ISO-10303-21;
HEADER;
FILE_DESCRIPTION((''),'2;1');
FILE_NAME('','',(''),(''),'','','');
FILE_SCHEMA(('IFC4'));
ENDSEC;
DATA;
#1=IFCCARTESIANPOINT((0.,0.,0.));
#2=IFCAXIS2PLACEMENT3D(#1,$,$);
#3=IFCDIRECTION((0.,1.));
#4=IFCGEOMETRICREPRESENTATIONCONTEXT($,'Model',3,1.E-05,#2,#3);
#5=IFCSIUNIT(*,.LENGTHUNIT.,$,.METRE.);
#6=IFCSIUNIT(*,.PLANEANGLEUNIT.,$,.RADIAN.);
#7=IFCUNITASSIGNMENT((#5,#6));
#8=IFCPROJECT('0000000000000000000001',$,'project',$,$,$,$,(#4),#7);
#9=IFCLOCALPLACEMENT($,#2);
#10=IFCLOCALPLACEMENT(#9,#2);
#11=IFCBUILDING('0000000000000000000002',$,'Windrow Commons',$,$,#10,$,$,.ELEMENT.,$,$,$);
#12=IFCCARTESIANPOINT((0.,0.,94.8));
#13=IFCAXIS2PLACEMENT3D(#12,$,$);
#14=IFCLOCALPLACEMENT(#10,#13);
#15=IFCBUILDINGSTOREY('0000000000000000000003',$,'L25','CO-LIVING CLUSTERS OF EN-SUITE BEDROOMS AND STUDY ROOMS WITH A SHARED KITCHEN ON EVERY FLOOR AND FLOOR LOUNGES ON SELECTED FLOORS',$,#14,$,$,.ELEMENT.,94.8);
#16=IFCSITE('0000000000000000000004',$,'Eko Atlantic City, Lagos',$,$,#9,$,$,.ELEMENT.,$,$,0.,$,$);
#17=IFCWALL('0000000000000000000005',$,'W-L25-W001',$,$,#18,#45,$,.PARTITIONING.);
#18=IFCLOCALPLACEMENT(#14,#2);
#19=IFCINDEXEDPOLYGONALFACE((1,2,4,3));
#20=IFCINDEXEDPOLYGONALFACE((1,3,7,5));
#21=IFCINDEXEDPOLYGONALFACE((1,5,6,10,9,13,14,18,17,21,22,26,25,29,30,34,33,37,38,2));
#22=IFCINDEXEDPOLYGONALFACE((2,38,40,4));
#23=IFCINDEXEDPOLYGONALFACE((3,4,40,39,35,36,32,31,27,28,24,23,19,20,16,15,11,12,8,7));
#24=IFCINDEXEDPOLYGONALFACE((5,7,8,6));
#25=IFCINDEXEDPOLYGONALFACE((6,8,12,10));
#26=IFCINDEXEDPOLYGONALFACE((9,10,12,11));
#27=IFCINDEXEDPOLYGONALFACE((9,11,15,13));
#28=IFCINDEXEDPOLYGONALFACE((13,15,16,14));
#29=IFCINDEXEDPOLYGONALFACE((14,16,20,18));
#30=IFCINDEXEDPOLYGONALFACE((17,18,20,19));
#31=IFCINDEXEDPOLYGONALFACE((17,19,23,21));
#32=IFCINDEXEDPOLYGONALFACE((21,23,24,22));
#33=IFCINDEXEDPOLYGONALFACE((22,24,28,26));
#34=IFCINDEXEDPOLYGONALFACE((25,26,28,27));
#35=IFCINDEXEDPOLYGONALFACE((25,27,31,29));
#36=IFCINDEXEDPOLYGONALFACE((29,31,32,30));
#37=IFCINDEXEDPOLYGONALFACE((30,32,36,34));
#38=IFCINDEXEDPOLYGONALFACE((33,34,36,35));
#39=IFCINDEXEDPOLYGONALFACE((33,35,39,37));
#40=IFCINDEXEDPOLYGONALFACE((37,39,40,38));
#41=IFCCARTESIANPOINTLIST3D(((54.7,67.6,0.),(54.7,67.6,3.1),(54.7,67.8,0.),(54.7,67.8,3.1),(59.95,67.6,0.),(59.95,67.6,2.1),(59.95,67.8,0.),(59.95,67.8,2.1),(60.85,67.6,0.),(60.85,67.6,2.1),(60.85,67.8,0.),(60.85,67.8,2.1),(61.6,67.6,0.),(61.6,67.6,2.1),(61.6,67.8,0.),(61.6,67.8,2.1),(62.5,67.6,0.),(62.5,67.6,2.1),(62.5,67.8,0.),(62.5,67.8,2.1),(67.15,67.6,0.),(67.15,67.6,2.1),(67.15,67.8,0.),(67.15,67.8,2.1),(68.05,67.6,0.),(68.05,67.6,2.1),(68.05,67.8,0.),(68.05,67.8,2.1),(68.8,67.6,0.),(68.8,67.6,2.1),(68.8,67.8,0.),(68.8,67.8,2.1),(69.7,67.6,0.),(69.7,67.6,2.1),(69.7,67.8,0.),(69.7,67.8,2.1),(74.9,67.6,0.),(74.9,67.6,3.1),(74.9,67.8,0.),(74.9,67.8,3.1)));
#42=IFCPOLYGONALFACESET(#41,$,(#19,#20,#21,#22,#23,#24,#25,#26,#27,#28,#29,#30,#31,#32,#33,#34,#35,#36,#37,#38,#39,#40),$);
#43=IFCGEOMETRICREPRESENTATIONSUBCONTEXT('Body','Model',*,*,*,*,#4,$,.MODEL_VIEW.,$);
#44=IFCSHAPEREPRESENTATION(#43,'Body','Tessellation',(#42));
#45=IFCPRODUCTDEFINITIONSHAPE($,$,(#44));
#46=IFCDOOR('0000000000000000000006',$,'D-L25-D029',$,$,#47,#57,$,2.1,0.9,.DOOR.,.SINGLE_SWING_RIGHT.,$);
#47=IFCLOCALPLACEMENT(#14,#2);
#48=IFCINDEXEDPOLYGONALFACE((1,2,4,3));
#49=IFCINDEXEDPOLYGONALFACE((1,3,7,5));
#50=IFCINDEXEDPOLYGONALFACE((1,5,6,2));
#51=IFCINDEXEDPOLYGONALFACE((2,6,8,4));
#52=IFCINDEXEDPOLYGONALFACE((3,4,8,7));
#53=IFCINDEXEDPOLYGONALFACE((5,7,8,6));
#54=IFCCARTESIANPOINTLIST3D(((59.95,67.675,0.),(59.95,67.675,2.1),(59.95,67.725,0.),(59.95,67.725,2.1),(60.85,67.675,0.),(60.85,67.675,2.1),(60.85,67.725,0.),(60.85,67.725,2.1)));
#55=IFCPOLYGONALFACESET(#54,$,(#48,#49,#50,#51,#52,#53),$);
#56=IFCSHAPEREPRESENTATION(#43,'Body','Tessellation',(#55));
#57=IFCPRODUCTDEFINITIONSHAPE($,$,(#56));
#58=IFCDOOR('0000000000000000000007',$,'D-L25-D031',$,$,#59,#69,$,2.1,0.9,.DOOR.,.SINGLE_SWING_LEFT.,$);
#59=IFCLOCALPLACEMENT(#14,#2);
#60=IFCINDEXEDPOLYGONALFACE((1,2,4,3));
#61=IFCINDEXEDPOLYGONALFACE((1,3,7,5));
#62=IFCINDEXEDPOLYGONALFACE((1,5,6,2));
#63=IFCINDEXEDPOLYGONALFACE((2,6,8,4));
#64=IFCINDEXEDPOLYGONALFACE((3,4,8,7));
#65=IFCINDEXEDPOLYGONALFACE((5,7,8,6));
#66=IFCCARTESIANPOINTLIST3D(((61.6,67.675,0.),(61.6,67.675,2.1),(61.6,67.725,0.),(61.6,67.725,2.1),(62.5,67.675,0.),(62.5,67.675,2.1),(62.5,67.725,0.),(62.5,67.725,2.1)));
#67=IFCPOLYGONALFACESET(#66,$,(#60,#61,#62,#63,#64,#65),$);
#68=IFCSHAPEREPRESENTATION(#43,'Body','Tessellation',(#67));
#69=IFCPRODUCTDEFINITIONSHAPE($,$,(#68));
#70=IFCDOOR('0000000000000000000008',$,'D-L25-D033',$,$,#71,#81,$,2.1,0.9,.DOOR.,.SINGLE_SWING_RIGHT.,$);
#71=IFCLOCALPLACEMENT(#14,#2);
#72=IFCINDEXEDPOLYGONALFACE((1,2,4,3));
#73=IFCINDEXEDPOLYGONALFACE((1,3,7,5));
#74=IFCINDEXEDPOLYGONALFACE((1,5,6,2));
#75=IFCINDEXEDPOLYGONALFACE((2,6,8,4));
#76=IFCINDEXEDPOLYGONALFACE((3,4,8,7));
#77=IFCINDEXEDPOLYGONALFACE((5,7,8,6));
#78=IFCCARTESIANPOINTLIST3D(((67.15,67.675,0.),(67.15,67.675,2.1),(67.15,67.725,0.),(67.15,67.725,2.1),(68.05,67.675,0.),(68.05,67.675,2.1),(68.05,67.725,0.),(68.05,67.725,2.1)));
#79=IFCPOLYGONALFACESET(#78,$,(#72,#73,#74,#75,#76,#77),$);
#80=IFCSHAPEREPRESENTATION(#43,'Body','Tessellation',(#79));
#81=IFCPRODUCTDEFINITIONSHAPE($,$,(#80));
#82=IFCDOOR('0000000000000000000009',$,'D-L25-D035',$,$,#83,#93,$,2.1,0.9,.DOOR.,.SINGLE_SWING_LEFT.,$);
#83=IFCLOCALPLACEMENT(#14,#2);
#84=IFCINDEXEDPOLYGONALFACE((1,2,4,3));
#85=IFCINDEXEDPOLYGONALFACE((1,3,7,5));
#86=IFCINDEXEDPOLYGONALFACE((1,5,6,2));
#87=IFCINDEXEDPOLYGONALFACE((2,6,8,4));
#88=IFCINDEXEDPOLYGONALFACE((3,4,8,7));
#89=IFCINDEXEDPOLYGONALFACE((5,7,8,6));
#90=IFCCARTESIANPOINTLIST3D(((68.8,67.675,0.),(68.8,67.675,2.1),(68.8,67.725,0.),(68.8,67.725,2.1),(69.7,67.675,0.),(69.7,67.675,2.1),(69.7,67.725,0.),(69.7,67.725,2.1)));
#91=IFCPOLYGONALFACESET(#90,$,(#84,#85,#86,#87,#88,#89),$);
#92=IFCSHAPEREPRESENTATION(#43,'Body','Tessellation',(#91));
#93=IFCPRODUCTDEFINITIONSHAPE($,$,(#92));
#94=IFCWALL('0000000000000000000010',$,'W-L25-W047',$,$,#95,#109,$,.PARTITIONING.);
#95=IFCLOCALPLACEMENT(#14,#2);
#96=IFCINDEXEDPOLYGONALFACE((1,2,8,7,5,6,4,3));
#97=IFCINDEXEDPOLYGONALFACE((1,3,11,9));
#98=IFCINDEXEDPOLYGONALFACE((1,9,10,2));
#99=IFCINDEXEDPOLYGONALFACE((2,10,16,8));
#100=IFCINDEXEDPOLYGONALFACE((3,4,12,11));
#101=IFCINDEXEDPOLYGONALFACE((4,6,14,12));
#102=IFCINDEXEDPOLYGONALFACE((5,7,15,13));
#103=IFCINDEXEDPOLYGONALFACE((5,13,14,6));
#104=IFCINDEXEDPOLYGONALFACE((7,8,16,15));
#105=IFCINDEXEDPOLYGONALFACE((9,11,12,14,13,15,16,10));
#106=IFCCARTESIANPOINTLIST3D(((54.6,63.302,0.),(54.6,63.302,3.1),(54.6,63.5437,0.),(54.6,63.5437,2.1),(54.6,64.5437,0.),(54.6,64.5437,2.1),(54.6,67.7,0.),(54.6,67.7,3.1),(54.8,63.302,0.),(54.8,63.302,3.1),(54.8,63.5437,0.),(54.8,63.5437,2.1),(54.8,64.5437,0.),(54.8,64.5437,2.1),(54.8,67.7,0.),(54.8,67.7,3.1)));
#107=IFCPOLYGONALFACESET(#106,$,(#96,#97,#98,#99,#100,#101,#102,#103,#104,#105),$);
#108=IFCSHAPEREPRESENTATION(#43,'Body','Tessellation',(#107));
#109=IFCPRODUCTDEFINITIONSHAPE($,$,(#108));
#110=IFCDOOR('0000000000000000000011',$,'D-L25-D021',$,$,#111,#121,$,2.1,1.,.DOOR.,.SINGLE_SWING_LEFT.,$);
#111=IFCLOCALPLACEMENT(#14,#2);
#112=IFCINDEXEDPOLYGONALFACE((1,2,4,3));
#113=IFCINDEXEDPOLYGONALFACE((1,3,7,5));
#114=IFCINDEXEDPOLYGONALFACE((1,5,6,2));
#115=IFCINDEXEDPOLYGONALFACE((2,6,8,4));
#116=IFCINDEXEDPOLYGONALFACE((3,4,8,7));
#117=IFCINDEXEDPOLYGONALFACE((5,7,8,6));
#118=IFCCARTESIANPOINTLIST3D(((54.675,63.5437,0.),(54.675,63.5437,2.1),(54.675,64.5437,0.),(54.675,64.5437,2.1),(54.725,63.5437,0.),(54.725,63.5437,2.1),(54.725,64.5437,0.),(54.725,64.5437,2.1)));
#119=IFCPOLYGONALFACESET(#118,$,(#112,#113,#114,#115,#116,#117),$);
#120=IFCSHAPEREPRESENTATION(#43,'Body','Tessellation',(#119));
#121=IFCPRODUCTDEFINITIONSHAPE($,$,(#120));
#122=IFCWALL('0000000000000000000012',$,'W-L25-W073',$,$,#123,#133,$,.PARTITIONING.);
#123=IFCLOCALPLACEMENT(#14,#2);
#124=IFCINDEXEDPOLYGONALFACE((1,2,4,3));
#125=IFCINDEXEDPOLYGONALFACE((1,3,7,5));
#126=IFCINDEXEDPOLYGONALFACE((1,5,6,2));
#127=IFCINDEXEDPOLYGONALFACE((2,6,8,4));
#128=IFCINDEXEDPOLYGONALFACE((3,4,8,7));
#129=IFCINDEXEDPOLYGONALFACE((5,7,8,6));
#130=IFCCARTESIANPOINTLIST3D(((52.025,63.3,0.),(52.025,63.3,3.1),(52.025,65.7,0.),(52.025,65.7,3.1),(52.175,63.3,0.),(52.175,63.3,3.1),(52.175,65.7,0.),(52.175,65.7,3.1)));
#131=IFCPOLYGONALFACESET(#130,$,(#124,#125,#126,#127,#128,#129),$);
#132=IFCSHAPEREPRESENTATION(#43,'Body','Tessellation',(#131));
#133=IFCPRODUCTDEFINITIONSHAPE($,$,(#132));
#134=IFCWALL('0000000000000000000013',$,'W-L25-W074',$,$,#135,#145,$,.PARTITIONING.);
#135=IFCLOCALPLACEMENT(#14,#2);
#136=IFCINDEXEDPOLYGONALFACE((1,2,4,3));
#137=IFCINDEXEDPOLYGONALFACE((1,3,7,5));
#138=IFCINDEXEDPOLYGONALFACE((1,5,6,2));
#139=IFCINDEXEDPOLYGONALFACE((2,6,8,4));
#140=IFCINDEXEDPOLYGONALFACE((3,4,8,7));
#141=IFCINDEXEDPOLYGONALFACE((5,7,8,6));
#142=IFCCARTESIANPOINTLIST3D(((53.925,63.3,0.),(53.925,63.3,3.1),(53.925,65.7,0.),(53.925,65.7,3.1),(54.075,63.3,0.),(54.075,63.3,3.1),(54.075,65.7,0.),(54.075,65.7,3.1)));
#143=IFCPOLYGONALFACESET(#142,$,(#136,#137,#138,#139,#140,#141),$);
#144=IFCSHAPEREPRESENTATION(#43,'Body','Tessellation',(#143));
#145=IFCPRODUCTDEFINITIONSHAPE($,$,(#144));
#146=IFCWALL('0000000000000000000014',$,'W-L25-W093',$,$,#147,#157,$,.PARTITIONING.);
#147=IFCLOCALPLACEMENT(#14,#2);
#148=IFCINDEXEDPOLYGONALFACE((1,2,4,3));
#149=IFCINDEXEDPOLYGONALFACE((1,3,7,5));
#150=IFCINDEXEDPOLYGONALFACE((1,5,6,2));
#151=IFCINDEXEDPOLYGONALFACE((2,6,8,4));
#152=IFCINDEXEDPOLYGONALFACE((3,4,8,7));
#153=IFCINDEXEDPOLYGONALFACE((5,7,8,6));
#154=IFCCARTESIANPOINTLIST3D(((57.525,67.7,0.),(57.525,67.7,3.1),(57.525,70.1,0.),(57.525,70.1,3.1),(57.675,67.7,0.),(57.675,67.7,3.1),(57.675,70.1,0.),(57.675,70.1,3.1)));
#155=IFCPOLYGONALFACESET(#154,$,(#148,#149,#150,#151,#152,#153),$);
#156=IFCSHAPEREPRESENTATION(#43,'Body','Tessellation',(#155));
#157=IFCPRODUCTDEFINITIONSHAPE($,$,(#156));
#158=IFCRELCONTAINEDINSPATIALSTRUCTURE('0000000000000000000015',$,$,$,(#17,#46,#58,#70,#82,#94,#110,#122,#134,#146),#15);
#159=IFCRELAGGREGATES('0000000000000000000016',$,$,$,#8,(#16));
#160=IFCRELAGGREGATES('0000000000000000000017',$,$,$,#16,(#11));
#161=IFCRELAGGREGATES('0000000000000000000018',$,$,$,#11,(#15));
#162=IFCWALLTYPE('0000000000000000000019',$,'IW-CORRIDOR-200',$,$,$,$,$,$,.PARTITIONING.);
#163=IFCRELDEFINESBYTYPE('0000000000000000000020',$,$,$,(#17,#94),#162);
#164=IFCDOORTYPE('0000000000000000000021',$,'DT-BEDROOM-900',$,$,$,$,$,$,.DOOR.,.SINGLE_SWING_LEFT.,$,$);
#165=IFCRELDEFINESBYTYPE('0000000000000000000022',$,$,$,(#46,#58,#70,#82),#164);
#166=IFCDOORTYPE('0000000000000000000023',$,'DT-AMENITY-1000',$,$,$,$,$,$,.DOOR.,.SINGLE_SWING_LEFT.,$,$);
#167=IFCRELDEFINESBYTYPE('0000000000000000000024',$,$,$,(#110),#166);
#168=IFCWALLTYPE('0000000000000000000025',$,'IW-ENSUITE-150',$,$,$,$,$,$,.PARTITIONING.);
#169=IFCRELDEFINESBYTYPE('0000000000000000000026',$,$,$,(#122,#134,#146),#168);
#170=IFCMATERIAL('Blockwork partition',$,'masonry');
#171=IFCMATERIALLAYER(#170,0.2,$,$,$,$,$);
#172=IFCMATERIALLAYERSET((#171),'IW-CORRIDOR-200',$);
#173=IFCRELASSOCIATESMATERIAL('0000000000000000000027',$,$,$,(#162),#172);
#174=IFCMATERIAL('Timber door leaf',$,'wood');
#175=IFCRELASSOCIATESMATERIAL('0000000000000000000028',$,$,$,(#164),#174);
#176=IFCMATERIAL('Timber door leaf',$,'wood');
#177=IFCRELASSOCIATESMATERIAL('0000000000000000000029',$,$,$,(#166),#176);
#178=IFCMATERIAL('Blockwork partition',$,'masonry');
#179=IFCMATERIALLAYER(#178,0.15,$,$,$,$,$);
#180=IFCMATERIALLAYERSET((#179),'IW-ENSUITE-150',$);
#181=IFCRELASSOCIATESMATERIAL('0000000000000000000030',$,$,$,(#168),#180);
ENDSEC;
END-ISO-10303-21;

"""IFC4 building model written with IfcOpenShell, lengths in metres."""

from ifc_helpers import new_model, si_unit, direction, frame, frame_2d, origin, place, context, subcontext, project, spatial, rectangle, extrude, material, layer, layer_set, type_object, element, fill, save


model = new_model("IFC4")

# Units and contexts
model_context = context("Model", 3, precision=1e-05, world=origin(), true_north=direction((0.0, 1.0)))
body_context = subcontext(model_context, "Body", "Model", "MODEL_VIEW")
ifc_project = project(units=[si_unit("LENGTHUNIT", "METRE"), si_unit("PLANEANGLEUNIT", "RADIAN")], contexts=[model_context])

# Site, building, storey
site_placement = place(None, origin())
site = spatial("IfcSite", under=ifc_project, at=site_placement, Name="Eko Atlantic City, Lagos", CompositionType="ELEMENT", RefElevation=0.0)
building_placement = place(site_placement, origin())
building = spatial("IfcBuilding", under=site, at=building_placement, Name="Windrow Commons", CompositionType="ELEMENT")
storey_placement = place(building_placement, frame((0.0, 0.0, 94.8)))
storey = spatial("IfcBuildingStorey", under=building, at=storey_placement, Name="L25", Description="CO-LIVING CLUSTERS OF EN-SUITE BEDROOMS AND STUDY ROOMS WITH A SHARED KITCHEN ON EVERY FLOOR AND FLOOR LOUNGES ON SELECTED FLOORS", CompositionType="ELEMENT", Elevation=94.8)

# Wall, openings, doors
ifc_material_1 = material(Name="Blockwork partition", Category="masonry")
ifc_layer_1 = layer(ifc_material_1, 0.2)
ifc_layer_set_1 = layer_set([ifc_layer_1], Name="IW-CORRIDOR-200")
wall_type_1 = type_object("IfcWallType", Name="IW-CORRIDOR-200", PredefinedType="PARTITIONING", material=ifc_layer_set_1)
wall_1_placement = place(storey_placement, frame((54.7, 67.7, 0.0), z_axis=(0.0, 0.0, 1.0), x_axis=(1.0, 0.0, 0.0)))
wall_1 = element("IfcWall", 1, at=wall_1_placement, inside=storey, type_object=wall_type_1, Name="W-L25-W001", PredefinedType="PARTITIONING", context=body_context, shape_type="SweptSolid", body=[
    extrude(rectangle(XDim=20.2, YDim=0.2, at=frame_2d((10.1, 0.0))), origin(), (0.0, 0.0, 1.0), 3.1),
])
opening_1_placement = place(wall_1_placement, frame((5.25, 0.0, 0.0)))
opening_1 = element("IfcOpeningElement", 2, at=opening_1_placement, cuts=wall_1, PredefinedType="OPENING", context=body_context, shape_type="SweptSolid", body=[
    extrude(rectangle(XDim=0.9, YDim=2.1, at=frame_2d((0.45, 1.05))), frame((0.0, 0.11, 0.0), z_axis=(0.0, -1.0, 0.0), x_axis=(1.0, 0.0, 0.0)), (0.0, 0.0, 1.0), 0.22),
])
opening_2_placement = place(wall_1_placement, frame((6.9, 0.0, 0.0)))
opening_2 = element("IfcOpeningElement", 3, at=opening_2_placement, cuts=wall_1, PredefinedType="OPENING", context=body_context, shape_type="SweptSolid", body=[
    extrude(rectangle(XDim=0.9, YDim=2.1, at=frame_2d((0.45, 1.05))), frame((0.0, 0.11, 0.0), z_axis=(0.0, -1.0, 0.0), x_axis=(1.0, 0.0, 0.0)), (0.0, 0.0, 1.0), 0.22),
])
opening_3_placement = place(wall_1_placement, frame((12.45, 0.0, 0.0)))
opening_3 = element("IfcOpeningElement", 4, at=opening_3_placement, cuts=wall_1, PredefinedType="OPENING", context=body_context, shape_type="SweptSolid", body=[
    extrude(rectangle(XDim=0.9, YDim=2.1, at=frame_2d((0.45, 1.05))), frame((0.0, 0.11, 0.0), z_axis=(0.0, -1.0, 0.0), x_axis=(1.0, 0.0, 0.0)), (0.0, 0.0, 1.0), 0.22),
])
opening_4_placement = place(wall_1_placement, frame((14.1, 0.0, 0.0)))
opening_4 = element("IfcOpeningElement", 5, at=opening_4_placement, cuts=wall_1, PredefinedType="OPENING", context=body_context, shape_type="SweptSolid", body=[
    extrude(rectangle(XDim=0.9, YDim=2.1, at=frame_2d((0.45, 1.05))), frame((0.0, 0.11, 0.0), z_axis=(0.0, -1.0, 0.0), x_axis=(1.0, 0.0, 0.0)), (0.0, 0.0, 1.0), 0.22),
])
ifc_material_2 = material(Name="Timber door leaf", Category="wood")
door_type_1 = type_object("IfcDoorType", Name="DT-BEDROOM-900", OperationType="SINGLE_SWING_LEFT", PredefinedType="DOOR", material=ifc_material_2)
door_1_placement = place(opening_1_placement, origin())
door_1 = element("IfcDoor", 6, at=door_1_placement, inside=storey, type_object=door_type_1, Name="D-L25-D029", OperationType="SINGLE_SWING_RIGHT", OverallHeight=2.1, OverallWidth=0.9, PredefinedType="DOOR", context=body_context, shape_type="SweptSolid", body=[
    extrude(rectangle(XDim=0.9, YDim=2.1, at=frame_2d((0.45, 1.05))), frame((0.0, 0.025, 0.0), z_axis=(0.0, -1.0, 0.0), x_axis=(1.0, 0.0, 0.0)), (0.0, 0.0, 1.0), 0.05),
])
fill(opening_1, door_1)
door_2_placement = place(opening_2_placement, origin())
door_2 = element("IfcDoor", 7, at=door_2_placement, inside=storey, type_object=door_type_1, Name="D-L25-D031", OperationType="SINGLE_SWING_LEFT", OverallHeight=2.1, OverallWidth=0.9, PredefinedType="DOOR", context=body_context, shape_type="SweptSolid", body=[
    extrude(rectangle(XDim=0.9, YDim=2.1, at=frame_2d((0.45, 1.05))), frame((0.0, 0.025, 0.0), z_axis=(0.0, -1.0, 0.0), x_axis=(1.0, 0.0, 0.0)), (0.0, 0.0, 1.0), 0.05),
])
fill(opening_2, door_2)
door_3_placement = place(opening_3_placement, origin())
door_3 = element("IfcDoor", 8, at=door_3_placement, inside=storey, type_object=door_type_1, Name="D-L25-D033", OperationType="SINGLE_SWING_RIGHT", OverallHeight=2.1, OverallWidth=0.9, PredefinedType="DOOR", context=body_context, shape_type="SweptSolid", body=[
    extrude(rectangle(XDim=0.9, YDim=2.1, at=frame_2d((0.45, 1.05))), frame((0.0, 0.025, 0.0), z_axis=(0.0, -1.0, 0.0), x_axis=(1.0, 0.0, 0.0)), (0.0, 0.0, 1.0), 0.05),
])
fill(opening_3, door_3)
door_4_placement = place(opening_4_placement, origin())
door_4 = element("IfcDoor", 9, at=door_4_placement, inside=storey, type_object=door_type_1, Name="D-L25-D035", OperationType="SINGLE_SWING_LEFT", OverallHeight=2.1, OverallWidth=0.9, PredefinedType="DOOR", context=body_context, shape_type="SweptSolid", body=[
    extrude(rectangle(XDim=0.9, YDim=2.1, at=frame_2d((0.45, 1.05))), frame((0.0, 0.025, 0.0), z_axis=(0.0, -1.0, 0.0), x_axis=(1.0, 0.0, 0.0)), (0.0, 0.0, 1.0), 0.05),
])
fill(opening_4, door_4)

# Wall, opening, door
wall_2_placement = place(storey_placement, frame((54.7, 63.302, 0.0), z_axis=(0.0, 0.0, 1.0), x_axis=(0.0, 1.0, 0.0)))
wall_2 = element("IfcWall", 10, at=wall_2_placement, inside=storey, type_object=wall_type_1, Name="W-L25-W047", PredefinedType="PARTITIONING", context=body_context, shape_type="SweptSolid", body=[
    extrude(rectangle(XDim=4.398, YDim=0.2, at=frame_2d((2.199, 0.0))), origin(), (0.0, 0.0, 1.0), 3.1),
])
opening_5_placement = place(wall_2_placement, frame((0.2417, 0.0, 0.0)))
opening_5 = element("IfcOpeningElement", 11, at=opening_5_placement, cuts=wall_2, PredefinedType="OPENING", context=body_context, shape_type="SweptSolid", body=[
    extrude(rectangle(XDim=1.0, YDim=2.1, at=frame_2d((0.5, 1.05))), frame((0.0, 0.11, 0.0), z_axis=(0.0, -1.0, 0.0), x_axis=(1.0, 0.0, 0.0)), (0.0, 0.0, 1.0), 0.22),
])
ifc_material_3 = material(Name="Timber door leaf", Category="wood")
door_type_2 = type_object("IfcDoorType", Name="DT-AMENITY-1000", OperationType="SINGLE_SWING_LEFT", PredefinedType="DOOR", material=ifc_material_3)
door_5_placement = place(opening_5_placement, origin())
door_5 = element("IfcDoor", 12, at=door_5_placement, inside=storey, type_object=door_type_2, Name="D-L25-D021", OperationType="SINGLE_SWING_LEFT", OverallHeight=2.1, OverallWidth=1.0, PredefinedType="DOOR", context=body_context, shape_type="SweptSolid", body=[
    extrude(rectangle(XDim=1.0, YDim=2.1, at=frame_2d((0.5, 1.05))), frame((0.0, 0.025, 0.0), z_axis=(0.0, -1.0, 0.0), x_axis=(1.0, 0.0, 0.0)), (0.0, 0.0, 1.0), 0.05),
])
fill(opening_5, door_5)

# Walls
ifc_material_4 = material(Name="Blockwork partition", Category="masonry")
ifc_layer_2 = layer(ifc_material_4, 0.15)
ifc_layer_set_2 = layer_set([ifc_layer_2], Name="IW-ENSUITE-150")
wall_type_2 = type_object("IfcWallType", Name="IW-ENSUITE-150", PredefinedType="PARTITIONING", material=ifc_layer_set_2)
for number, where, z_axis, x_axis, name in (
    (13, (52.1, 63.3, 0.0), (0.0, 0.0, 1.0), (0.0, 1.0, 0.0), "W-L25-W073"),
    (14, (54.0, 63.3, 0.0), (0.0, 0.0, 1.0), (0.0, 1.0, 0.0), "W-L25-W074"),
    (15, (57.6, 67.7, 0.0), (0.0, 0.0, 1.0), (0.0, 1.0, 0.0), "W-L25-W093"),
):
    element("IfcWall", number, at=place(storey_placement, frame(where, z_axis=z_axis, x_axis=x_axis)), inside=storey, type_object=wall_type_2, Name=name, PredefinedType="PARTITIONING", context=body_context, shape_type="SweptSolid", body=[
        extrude(rectangle(XDim=2.4, YDim=0.15, at=frame_2d((1.2, 0.0))), origin(), (0.0, 0.0, 1.0), 3.1),
    ])

save(model, "model.ifc")
